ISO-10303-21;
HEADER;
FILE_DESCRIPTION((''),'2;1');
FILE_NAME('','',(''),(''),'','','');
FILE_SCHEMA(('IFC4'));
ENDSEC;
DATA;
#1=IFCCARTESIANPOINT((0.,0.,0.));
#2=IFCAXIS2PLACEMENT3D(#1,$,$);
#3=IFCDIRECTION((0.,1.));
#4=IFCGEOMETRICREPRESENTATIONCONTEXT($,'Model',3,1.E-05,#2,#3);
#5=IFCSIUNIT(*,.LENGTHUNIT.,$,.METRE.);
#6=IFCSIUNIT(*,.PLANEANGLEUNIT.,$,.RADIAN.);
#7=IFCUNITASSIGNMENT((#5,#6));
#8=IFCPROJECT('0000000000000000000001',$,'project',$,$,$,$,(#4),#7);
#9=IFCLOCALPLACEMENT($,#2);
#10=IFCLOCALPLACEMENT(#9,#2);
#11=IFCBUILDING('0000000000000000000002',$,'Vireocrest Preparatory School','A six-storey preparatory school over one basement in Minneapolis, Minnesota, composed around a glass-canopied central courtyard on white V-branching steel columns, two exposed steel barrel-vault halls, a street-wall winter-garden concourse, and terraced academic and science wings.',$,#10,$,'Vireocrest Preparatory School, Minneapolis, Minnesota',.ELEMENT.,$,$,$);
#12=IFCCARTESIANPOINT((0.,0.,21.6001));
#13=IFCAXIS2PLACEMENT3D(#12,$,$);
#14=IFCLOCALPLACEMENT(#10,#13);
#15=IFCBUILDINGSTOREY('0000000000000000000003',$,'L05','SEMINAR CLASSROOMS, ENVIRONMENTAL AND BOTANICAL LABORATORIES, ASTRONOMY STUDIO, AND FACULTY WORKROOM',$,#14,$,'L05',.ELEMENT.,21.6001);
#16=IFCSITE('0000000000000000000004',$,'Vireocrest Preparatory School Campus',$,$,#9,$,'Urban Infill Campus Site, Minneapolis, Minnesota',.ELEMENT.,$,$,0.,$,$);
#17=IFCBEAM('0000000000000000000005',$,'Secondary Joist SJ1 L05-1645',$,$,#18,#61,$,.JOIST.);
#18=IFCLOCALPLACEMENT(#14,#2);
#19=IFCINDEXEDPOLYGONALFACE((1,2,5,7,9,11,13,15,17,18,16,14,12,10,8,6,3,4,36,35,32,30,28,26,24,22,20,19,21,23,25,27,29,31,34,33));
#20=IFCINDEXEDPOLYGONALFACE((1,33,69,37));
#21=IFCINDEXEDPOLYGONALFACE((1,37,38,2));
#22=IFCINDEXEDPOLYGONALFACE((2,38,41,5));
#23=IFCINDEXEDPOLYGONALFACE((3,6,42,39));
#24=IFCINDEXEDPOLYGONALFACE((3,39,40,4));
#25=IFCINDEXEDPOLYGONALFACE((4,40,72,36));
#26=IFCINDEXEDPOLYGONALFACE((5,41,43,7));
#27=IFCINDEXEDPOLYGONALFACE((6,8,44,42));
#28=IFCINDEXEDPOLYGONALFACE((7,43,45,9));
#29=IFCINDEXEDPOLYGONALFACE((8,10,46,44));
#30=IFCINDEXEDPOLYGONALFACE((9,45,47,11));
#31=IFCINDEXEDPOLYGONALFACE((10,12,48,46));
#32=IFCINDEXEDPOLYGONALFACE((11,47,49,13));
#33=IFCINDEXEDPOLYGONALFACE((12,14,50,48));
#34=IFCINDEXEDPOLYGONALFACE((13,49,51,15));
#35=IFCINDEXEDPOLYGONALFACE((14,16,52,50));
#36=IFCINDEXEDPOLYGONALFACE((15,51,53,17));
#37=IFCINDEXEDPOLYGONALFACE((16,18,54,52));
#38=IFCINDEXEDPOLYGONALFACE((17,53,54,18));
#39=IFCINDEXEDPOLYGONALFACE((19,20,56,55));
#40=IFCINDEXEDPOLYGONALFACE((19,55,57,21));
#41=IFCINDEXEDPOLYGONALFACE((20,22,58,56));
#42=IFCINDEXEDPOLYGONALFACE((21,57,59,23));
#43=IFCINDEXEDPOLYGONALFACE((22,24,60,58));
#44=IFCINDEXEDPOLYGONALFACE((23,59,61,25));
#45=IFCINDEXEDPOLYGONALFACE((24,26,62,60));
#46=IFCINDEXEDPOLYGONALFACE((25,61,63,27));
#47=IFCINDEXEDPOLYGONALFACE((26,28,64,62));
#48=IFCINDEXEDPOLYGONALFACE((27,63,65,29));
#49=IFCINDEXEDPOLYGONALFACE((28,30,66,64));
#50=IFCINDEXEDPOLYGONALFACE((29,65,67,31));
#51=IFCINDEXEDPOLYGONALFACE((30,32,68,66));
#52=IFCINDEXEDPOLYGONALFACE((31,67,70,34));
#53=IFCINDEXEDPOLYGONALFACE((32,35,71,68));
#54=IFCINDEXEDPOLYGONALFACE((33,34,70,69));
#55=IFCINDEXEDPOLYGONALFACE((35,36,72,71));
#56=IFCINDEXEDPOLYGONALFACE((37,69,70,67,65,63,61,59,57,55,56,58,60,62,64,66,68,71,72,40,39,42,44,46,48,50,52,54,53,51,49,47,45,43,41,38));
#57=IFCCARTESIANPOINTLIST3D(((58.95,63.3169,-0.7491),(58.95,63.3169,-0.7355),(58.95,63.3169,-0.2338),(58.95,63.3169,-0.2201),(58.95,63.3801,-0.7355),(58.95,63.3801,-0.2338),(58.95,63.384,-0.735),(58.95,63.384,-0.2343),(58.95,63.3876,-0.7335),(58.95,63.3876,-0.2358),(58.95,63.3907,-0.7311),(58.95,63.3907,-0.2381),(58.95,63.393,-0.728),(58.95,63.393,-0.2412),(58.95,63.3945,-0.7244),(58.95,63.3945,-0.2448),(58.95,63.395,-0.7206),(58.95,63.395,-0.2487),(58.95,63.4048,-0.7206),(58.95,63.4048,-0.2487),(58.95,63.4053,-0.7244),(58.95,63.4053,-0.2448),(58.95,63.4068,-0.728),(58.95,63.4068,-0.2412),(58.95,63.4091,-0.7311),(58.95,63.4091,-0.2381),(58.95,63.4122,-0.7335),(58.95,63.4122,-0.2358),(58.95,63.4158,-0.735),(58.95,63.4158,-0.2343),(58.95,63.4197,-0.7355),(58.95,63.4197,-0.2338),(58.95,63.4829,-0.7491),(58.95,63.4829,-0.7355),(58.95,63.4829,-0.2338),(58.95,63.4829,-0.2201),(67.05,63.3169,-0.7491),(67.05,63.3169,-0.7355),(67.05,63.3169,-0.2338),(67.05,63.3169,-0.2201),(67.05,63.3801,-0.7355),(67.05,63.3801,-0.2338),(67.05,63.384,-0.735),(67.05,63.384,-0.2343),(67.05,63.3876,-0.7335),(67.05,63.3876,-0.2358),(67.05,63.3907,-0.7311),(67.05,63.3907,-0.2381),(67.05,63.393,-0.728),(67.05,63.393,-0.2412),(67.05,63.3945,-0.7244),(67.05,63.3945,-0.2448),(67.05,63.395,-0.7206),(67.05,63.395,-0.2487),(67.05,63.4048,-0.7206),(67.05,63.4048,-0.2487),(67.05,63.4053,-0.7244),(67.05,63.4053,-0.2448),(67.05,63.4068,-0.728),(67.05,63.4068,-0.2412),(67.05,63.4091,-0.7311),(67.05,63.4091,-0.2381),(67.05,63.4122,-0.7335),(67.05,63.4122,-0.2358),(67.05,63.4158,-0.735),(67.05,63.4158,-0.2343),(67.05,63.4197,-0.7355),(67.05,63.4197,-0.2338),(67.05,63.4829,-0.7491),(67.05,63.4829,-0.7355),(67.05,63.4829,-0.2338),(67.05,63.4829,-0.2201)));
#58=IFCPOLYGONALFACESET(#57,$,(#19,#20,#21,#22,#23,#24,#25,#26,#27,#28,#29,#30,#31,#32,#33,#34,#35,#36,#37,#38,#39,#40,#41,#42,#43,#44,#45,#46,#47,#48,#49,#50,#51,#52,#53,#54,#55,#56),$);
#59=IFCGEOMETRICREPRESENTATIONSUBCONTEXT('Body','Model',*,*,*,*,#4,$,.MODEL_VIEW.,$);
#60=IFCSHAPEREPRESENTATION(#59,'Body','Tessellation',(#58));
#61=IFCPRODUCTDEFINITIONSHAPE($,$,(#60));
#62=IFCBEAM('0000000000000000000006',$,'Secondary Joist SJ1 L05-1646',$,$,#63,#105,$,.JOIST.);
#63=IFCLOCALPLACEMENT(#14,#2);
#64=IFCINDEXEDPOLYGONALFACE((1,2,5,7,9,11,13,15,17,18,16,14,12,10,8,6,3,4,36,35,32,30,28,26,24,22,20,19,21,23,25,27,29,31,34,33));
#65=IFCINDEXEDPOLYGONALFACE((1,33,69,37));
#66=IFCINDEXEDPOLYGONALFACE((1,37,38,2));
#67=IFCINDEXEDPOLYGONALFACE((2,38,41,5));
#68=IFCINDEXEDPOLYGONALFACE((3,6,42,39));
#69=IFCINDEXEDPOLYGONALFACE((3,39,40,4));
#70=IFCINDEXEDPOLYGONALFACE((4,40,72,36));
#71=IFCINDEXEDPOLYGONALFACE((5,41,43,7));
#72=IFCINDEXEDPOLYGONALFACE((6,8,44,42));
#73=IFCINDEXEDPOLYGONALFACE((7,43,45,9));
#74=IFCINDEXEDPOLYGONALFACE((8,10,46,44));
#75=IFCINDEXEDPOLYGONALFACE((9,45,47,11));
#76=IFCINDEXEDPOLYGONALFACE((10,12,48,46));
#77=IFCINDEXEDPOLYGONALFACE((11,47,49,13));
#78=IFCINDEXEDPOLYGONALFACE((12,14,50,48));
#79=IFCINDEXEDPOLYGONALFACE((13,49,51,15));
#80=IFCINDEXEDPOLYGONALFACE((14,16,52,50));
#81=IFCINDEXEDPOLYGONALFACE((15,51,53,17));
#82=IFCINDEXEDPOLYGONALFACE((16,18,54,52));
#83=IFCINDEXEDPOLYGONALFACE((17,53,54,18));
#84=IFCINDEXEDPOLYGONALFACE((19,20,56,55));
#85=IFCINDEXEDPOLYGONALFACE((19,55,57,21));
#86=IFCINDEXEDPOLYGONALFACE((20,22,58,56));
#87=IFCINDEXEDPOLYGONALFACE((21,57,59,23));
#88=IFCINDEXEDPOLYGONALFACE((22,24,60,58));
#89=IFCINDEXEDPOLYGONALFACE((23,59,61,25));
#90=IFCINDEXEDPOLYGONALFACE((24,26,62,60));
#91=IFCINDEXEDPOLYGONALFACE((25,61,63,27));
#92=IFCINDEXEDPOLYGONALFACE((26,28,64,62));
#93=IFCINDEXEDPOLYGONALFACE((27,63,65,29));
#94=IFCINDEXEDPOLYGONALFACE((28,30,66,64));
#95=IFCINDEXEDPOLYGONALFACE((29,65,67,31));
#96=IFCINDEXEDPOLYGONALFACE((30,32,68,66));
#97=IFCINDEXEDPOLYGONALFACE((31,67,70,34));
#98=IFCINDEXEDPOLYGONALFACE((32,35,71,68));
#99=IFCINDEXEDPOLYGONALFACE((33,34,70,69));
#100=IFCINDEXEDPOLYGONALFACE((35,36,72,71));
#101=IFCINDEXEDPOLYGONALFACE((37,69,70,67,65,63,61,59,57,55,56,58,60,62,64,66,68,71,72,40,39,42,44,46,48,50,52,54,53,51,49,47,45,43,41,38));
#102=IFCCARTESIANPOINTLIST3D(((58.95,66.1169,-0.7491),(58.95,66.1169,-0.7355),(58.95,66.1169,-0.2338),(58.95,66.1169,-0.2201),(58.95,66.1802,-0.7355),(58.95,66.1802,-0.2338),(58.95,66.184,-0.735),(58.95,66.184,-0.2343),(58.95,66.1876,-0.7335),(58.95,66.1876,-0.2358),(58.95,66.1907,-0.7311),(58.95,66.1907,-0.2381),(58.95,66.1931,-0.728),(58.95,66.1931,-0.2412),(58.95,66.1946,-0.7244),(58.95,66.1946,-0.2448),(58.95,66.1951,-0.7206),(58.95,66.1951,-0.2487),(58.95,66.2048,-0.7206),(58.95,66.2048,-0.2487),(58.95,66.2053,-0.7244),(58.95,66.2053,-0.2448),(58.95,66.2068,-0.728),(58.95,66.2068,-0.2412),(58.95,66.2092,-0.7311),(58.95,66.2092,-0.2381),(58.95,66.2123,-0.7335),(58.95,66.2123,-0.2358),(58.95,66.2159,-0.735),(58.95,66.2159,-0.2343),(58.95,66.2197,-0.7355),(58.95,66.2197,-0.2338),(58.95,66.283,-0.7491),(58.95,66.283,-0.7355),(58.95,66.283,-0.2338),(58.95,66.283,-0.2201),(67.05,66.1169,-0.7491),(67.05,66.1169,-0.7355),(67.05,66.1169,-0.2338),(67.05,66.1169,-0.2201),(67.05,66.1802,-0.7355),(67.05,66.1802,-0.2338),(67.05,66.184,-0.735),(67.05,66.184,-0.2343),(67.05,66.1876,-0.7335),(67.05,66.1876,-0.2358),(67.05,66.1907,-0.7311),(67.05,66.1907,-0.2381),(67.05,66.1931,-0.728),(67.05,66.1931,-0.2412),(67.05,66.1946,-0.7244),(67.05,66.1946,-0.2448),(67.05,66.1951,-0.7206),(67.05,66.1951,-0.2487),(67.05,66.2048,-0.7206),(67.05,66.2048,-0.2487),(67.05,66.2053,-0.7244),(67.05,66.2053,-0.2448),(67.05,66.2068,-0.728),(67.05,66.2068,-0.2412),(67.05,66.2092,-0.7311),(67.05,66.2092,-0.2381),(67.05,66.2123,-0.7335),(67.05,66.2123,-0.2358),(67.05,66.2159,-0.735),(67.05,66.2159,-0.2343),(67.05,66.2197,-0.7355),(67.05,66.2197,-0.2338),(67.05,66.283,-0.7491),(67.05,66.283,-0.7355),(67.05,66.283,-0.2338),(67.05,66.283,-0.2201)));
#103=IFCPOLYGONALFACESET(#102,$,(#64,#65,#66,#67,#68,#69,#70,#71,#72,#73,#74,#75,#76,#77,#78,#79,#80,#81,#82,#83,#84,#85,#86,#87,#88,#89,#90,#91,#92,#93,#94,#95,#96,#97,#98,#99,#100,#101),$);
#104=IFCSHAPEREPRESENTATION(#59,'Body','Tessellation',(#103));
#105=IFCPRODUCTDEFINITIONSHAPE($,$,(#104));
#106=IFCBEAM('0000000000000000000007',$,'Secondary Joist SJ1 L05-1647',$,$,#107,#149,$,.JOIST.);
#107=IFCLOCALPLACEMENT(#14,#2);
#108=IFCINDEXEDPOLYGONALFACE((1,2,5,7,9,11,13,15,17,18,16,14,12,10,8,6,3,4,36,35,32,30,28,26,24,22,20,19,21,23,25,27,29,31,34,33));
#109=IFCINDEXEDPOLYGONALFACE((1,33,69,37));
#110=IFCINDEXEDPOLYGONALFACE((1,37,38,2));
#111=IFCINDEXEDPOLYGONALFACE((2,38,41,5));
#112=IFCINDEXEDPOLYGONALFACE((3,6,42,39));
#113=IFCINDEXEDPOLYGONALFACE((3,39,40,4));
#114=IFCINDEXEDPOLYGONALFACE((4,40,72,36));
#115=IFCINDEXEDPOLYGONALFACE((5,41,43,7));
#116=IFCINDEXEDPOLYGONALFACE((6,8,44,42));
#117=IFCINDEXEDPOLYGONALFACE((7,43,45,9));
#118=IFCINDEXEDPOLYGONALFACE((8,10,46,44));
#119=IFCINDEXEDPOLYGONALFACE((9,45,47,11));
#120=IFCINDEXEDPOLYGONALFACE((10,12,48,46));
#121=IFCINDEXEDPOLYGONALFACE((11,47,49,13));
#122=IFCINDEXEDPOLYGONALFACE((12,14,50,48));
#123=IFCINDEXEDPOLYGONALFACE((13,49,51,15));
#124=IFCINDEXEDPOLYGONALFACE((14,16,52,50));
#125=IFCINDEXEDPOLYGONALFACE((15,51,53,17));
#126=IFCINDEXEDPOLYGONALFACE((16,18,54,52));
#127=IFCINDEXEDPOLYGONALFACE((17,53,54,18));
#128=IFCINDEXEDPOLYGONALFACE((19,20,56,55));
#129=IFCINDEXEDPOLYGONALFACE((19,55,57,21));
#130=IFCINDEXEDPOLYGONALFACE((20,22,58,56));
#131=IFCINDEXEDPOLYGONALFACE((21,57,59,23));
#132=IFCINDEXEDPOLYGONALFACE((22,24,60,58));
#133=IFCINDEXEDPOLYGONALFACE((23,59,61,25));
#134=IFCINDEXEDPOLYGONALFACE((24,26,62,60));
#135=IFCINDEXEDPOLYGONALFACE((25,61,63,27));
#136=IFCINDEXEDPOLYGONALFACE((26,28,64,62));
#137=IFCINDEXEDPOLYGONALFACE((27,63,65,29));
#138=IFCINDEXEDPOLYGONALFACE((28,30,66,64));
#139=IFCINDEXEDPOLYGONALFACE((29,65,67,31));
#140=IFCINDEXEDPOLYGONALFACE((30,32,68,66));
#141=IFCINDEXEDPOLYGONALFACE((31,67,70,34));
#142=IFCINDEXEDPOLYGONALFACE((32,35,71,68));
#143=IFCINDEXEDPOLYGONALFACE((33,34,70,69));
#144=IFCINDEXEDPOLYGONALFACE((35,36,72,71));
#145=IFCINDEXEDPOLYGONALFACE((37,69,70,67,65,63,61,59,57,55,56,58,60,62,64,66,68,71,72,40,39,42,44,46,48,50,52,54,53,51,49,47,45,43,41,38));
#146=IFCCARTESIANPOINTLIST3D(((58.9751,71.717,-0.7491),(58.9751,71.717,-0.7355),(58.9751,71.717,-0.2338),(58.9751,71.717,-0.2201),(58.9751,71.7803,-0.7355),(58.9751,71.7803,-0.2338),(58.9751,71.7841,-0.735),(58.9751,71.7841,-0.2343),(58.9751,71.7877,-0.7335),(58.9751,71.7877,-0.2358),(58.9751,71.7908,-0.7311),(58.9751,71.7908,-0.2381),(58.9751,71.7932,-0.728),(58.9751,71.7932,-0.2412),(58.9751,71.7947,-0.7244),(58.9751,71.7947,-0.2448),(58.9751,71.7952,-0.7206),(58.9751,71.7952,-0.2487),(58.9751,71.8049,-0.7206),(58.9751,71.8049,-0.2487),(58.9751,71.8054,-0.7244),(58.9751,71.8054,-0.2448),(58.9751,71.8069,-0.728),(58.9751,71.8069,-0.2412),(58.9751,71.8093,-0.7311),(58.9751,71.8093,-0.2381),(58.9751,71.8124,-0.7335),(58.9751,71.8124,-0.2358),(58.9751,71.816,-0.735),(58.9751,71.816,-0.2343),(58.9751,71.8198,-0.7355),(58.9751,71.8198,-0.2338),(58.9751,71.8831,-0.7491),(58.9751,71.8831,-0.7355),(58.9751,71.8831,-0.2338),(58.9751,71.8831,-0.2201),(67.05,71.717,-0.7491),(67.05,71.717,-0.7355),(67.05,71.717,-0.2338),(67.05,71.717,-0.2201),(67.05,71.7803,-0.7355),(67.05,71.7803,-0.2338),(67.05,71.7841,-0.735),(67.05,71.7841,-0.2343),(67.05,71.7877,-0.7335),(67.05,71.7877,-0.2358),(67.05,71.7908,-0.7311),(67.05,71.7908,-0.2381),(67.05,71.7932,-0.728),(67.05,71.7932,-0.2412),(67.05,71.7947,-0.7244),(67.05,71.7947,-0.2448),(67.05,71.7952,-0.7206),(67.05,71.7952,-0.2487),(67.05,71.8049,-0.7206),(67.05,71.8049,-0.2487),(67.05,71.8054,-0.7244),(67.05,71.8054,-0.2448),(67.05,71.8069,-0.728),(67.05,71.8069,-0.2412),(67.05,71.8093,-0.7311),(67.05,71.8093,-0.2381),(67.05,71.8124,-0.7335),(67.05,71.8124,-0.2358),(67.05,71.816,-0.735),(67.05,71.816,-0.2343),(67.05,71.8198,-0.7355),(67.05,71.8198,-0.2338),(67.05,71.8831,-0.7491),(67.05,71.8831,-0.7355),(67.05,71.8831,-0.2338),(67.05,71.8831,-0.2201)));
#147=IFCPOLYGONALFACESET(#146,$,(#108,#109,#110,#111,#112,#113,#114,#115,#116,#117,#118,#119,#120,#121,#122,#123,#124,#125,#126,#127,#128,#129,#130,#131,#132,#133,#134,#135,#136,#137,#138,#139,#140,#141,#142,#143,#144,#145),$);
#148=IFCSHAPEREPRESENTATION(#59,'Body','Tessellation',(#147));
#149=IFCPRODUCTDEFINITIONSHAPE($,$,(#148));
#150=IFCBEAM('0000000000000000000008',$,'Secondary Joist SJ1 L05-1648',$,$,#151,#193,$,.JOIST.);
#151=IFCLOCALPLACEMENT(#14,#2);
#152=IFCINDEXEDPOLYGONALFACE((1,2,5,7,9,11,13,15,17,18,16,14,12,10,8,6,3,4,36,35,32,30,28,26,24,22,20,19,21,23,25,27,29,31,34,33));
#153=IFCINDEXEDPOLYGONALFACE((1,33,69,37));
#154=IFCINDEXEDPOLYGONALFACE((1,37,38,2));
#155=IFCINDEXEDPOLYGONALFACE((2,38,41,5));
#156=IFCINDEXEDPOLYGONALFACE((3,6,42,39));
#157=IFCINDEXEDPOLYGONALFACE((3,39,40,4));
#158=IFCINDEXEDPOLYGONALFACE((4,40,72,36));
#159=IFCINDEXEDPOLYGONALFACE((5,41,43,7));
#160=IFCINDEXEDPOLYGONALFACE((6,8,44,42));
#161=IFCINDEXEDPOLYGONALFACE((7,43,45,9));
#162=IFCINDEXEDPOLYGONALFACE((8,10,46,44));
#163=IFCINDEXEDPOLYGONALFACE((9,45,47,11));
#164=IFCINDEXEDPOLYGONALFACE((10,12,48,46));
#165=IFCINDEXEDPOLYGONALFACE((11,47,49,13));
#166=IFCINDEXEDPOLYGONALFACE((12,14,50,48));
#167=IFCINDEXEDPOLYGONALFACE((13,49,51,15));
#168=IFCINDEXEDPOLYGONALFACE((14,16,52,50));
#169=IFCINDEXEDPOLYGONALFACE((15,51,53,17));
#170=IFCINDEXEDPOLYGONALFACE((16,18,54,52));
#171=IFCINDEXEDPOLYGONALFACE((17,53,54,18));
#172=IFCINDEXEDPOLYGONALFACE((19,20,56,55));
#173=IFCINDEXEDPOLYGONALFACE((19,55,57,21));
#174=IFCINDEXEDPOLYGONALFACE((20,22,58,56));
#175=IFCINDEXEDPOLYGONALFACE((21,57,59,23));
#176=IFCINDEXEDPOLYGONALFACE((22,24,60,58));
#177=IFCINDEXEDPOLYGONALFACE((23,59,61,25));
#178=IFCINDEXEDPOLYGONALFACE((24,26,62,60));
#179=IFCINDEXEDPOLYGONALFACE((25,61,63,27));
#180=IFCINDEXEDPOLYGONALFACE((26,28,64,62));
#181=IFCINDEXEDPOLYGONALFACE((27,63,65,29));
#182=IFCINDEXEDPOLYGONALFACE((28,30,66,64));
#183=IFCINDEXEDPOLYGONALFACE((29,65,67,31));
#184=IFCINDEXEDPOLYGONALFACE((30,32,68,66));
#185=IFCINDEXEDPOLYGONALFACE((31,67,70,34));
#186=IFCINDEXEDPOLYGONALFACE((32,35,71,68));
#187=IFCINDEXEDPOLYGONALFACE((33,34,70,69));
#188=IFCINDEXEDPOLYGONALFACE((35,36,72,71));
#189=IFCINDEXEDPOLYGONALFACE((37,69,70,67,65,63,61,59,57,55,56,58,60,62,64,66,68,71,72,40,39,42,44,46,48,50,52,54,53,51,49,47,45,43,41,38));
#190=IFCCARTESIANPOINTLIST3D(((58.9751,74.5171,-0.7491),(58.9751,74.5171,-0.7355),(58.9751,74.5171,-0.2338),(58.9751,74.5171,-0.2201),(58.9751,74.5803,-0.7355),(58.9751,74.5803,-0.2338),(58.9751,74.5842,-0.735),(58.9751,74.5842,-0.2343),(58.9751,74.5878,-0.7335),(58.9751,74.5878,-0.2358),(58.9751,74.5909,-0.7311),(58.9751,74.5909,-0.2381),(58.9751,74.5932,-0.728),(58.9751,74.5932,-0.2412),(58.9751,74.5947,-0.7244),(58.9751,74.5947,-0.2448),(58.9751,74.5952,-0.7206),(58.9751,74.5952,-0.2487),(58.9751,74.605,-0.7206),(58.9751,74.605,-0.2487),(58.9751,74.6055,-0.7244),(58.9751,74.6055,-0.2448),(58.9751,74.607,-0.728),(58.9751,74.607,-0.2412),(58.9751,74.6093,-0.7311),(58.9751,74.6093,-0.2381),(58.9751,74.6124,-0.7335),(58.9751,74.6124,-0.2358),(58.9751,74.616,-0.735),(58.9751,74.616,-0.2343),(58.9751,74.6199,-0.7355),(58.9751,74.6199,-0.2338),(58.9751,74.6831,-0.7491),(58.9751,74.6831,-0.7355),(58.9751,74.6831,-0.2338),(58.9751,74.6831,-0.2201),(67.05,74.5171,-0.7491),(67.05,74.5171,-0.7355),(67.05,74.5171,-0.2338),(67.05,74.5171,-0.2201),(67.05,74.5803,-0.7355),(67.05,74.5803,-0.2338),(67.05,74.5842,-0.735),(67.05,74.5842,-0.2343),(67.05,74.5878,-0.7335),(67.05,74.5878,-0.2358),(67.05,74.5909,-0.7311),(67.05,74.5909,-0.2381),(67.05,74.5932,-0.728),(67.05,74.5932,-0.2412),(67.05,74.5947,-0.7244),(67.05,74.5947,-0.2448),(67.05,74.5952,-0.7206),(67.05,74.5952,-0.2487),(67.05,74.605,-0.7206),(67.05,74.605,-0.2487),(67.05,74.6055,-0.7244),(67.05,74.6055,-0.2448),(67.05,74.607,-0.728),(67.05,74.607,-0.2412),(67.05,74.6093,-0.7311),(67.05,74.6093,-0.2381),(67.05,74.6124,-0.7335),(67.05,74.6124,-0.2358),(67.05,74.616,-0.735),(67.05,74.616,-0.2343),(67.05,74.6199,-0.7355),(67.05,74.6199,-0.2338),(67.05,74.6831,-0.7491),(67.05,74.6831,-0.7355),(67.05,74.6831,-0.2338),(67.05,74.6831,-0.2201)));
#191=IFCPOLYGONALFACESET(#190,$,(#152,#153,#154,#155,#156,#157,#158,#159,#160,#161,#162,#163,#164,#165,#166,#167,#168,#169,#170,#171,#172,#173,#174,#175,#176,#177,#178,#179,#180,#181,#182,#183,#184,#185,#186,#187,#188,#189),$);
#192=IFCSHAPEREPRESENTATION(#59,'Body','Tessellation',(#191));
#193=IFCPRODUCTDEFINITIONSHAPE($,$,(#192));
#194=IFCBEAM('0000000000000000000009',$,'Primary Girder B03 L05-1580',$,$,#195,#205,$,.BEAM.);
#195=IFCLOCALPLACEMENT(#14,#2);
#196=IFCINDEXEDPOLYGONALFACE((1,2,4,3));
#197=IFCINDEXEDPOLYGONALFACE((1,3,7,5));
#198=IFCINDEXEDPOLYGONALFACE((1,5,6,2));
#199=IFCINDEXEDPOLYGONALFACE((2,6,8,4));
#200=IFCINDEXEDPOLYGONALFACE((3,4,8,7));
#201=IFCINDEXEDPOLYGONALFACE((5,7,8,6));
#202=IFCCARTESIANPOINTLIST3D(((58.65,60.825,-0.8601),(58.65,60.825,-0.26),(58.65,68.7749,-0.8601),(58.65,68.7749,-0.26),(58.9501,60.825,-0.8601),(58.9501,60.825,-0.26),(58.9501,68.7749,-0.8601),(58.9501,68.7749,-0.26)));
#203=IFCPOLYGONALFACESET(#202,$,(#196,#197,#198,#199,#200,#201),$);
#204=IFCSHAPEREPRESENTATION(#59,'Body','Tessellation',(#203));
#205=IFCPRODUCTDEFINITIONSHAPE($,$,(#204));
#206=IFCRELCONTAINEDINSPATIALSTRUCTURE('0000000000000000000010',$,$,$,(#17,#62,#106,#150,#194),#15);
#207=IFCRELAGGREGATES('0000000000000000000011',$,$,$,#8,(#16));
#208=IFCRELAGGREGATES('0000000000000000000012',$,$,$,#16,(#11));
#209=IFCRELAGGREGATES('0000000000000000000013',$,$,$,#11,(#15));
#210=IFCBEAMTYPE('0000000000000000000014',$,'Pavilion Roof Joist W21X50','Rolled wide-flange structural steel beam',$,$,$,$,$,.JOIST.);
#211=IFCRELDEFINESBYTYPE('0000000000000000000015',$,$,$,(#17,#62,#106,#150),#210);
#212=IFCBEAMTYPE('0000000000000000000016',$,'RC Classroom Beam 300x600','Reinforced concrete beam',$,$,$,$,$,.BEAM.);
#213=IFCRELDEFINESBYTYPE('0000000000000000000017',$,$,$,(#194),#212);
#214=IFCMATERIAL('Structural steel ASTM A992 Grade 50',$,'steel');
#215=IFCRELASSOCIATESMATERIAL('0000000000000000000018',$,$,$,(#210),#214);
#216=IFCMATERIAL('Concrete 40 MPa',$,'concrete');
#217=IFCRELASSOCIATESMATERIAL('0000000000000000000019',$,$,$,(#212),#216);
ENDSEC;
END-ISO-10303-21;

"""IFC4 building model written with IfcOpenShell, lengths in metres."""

from ifc_helpers import new_model, si_unit, direction, frame, origin, origin_2d, place, context, subcontext, project, spatial, rectangle, i_section, extrude, material, material_profile, profile_set, type_object, element, save


model = new_model("IFC4")

# Units and contexts
model_context = context("Model", 3, precision=1e-05, world=origin(), true_north=direction((0.0, 1.0)))
body_context = subcontext(model_context, "Body", "Model", "MODEL_VIEW")
ifc_project = project(units=[si_unit("LENGTHUNIT", "METRE"), si_unit("PLANEANGLEUNIT", "RADIAN")], contexts=[model_context])

# Site, building, storey
site_placement = place(None, origin())
site = spatial("IfcSite", under=ifc_project, at=site_placement, Name="Vireocrest Preparatory School Campus", LongName="Urban Infill Campus Site, Minneapolis, Minnesota", CompositionType="ELEMENT", RefElevation=0.0)
building_placement = place(site_placement, origin())
building = spatial("IfcBuilding", under=site, at=building_placement, Name="Vireocrest Preparatory School", Description="A six-storey preparatory school over one basement in Minneapolis, Minnesota, composed around a glass-canopied central courtyard on white V-branching steel columns, two exposed steel barrel-vault halls, a street-wall winter-garden concourse, and terraced academic and science wings.", LongName="Vireocrest Preparatory School, Minneapolis, Minnesota", CompositionType="ELEMENT")
storey_placement = place(building_placement, frame((0.0, 0.0, 21.6001)))
storey = spatial("IfcBuildingStorey", under=building, at=storey_placement, Name="L05", Description="SEMINAR CLASSROOMS, ENVIRONMENTAL AND BOTANICAL LABORATORIES, ASTRONOMY STUDIO, AND FACULTY WORKROOM", LongName="L05", CompositionType="ELEMENT", Elevation=21.6001)

# Beams
ifc_material_1 = material(Name="Structural steel ASTM A992 Grade 50", Category="steel")
ifc_material_profile_1 = material_profile(ifc_material_1, i_section(OverallWidth=0.166, OverallDepth=0.5291, WebThickness=0.0098, FlangeThickness=0.0137, FilletRadius=0.0149, at=origin_2d()), Name="W21X50")
ifc_profile_set_1 = profile_set([ifc_material_profile_1], Name="Structural steel ASTM A992 Grade 50")
beam_type_1 = type_object("IfcBeamType", Name="Pavilion Roof Joist W21X50", Description="Rolled wide-flange structural steel beam", PredefinedType="JOIST", material=ifc_profile_set_1)
for number, where, z_axis, x_axis, name in (
    (1, (58.95, 63.3999, -0.4846), (1.0, 0.0, 0.0), (0.0, 1.0, 0.0), "Secondary Joist SJ1 L05-1645"),
    (2, (58.95, 66.2, -0.4846), (1.0, 0.0, 0.0), (0.0, 1.0, 0.0), "Secondary Joist SJ1 L05-1646"),
):
    element("IfcBeam", number, at=place(storey_placement, frame(where, z_axis=z_axis, x_axis=x_axis)), inside=storey, type_object=beam_type_1, Name=name, PredefinedType="JOIST", context=body_context, shape_type="SweptSolid", body=[
        extrude(i_section(OverallWidth=0.166, OverallDepth=0.5291, WebThickness=0.0098, FlangeThickness=0.0137, FilletRadius=0.0149, at=origin_2d()), origin(), (0.0, 0.0, 1.0), 8.1001),
    ])
for number, where, z_axis, x_axis, name in (
    (3, (58.9751, 71.8, -0.4846), (1.0, 0.0, 0.0), (0.0, 1.0, 0.0), "Secondary Joist SJ1 L05-1647"),
    (4, (58.9751, 74.6001, -0.4846), (1.0, 0.0, 0.0), (0.0, 1.0, 0.0), "Secondary Joist SJ1 L05-1648"),
):
    element("IfcBeam", number, at=place(storey_placement, frame(where, z_axis=z_axis, x_axis=x_axis)), inside=storey, type_object=beam_type_1, Name=name, PredefinedType="JOIST", context=body_context, shape_type="SweptSolid", body=[
        extrude(i_section(OverallWidth=0.166, OverallDepth=0.5291, WebThickness=0.0098, FlangeThickness=0.0137, FilletRadius=0.0149, at=origin_2d()), origin(), (0.0, 0.0, 1.0), 8.075),
    ])
ifc_material_2 = material(Name="Concrete 40 MPa", Category="concrete")
ifc_material_profile_2 = material_profile(ifc_material_2, rectangle(XDim=0.3, YDim=0.6001, at=origin_2d()), Name="RC 300x600")
ifc_profile_set_2 = profile_set([ifc_material_profile_2], Name="Concrete 40 MPa")
beam_type_2 = type_object("IfcBeamType", Name="RC Classroom Beam 300x600", Description="Reinforced concrete beam", PredefinedType="BEAM", material=ifc_profile_set_2)
beam_1_placement = place(storey_placement, frame((58.8, 60.825, -0.5601), z_axis=(0.0, 1.0, 0.0), x_axis=(-1.0, 0.0, 0.0)))
element("IfcBeam", 5, at=beam_1_placement, inside=storey, type_object=beam_type_2, Name="Primary Girder B03 L05-1580", PredefinedType="BEAM", context=body_context, shape_type="SweptSolid", body=[
    extrude(rectangle(XDim=0.3, YDim=0.6001, at=origin_2d()), origin(), (0.0, 0.0, 1.0), 7.95),
])

save(model, "model.ifc")
